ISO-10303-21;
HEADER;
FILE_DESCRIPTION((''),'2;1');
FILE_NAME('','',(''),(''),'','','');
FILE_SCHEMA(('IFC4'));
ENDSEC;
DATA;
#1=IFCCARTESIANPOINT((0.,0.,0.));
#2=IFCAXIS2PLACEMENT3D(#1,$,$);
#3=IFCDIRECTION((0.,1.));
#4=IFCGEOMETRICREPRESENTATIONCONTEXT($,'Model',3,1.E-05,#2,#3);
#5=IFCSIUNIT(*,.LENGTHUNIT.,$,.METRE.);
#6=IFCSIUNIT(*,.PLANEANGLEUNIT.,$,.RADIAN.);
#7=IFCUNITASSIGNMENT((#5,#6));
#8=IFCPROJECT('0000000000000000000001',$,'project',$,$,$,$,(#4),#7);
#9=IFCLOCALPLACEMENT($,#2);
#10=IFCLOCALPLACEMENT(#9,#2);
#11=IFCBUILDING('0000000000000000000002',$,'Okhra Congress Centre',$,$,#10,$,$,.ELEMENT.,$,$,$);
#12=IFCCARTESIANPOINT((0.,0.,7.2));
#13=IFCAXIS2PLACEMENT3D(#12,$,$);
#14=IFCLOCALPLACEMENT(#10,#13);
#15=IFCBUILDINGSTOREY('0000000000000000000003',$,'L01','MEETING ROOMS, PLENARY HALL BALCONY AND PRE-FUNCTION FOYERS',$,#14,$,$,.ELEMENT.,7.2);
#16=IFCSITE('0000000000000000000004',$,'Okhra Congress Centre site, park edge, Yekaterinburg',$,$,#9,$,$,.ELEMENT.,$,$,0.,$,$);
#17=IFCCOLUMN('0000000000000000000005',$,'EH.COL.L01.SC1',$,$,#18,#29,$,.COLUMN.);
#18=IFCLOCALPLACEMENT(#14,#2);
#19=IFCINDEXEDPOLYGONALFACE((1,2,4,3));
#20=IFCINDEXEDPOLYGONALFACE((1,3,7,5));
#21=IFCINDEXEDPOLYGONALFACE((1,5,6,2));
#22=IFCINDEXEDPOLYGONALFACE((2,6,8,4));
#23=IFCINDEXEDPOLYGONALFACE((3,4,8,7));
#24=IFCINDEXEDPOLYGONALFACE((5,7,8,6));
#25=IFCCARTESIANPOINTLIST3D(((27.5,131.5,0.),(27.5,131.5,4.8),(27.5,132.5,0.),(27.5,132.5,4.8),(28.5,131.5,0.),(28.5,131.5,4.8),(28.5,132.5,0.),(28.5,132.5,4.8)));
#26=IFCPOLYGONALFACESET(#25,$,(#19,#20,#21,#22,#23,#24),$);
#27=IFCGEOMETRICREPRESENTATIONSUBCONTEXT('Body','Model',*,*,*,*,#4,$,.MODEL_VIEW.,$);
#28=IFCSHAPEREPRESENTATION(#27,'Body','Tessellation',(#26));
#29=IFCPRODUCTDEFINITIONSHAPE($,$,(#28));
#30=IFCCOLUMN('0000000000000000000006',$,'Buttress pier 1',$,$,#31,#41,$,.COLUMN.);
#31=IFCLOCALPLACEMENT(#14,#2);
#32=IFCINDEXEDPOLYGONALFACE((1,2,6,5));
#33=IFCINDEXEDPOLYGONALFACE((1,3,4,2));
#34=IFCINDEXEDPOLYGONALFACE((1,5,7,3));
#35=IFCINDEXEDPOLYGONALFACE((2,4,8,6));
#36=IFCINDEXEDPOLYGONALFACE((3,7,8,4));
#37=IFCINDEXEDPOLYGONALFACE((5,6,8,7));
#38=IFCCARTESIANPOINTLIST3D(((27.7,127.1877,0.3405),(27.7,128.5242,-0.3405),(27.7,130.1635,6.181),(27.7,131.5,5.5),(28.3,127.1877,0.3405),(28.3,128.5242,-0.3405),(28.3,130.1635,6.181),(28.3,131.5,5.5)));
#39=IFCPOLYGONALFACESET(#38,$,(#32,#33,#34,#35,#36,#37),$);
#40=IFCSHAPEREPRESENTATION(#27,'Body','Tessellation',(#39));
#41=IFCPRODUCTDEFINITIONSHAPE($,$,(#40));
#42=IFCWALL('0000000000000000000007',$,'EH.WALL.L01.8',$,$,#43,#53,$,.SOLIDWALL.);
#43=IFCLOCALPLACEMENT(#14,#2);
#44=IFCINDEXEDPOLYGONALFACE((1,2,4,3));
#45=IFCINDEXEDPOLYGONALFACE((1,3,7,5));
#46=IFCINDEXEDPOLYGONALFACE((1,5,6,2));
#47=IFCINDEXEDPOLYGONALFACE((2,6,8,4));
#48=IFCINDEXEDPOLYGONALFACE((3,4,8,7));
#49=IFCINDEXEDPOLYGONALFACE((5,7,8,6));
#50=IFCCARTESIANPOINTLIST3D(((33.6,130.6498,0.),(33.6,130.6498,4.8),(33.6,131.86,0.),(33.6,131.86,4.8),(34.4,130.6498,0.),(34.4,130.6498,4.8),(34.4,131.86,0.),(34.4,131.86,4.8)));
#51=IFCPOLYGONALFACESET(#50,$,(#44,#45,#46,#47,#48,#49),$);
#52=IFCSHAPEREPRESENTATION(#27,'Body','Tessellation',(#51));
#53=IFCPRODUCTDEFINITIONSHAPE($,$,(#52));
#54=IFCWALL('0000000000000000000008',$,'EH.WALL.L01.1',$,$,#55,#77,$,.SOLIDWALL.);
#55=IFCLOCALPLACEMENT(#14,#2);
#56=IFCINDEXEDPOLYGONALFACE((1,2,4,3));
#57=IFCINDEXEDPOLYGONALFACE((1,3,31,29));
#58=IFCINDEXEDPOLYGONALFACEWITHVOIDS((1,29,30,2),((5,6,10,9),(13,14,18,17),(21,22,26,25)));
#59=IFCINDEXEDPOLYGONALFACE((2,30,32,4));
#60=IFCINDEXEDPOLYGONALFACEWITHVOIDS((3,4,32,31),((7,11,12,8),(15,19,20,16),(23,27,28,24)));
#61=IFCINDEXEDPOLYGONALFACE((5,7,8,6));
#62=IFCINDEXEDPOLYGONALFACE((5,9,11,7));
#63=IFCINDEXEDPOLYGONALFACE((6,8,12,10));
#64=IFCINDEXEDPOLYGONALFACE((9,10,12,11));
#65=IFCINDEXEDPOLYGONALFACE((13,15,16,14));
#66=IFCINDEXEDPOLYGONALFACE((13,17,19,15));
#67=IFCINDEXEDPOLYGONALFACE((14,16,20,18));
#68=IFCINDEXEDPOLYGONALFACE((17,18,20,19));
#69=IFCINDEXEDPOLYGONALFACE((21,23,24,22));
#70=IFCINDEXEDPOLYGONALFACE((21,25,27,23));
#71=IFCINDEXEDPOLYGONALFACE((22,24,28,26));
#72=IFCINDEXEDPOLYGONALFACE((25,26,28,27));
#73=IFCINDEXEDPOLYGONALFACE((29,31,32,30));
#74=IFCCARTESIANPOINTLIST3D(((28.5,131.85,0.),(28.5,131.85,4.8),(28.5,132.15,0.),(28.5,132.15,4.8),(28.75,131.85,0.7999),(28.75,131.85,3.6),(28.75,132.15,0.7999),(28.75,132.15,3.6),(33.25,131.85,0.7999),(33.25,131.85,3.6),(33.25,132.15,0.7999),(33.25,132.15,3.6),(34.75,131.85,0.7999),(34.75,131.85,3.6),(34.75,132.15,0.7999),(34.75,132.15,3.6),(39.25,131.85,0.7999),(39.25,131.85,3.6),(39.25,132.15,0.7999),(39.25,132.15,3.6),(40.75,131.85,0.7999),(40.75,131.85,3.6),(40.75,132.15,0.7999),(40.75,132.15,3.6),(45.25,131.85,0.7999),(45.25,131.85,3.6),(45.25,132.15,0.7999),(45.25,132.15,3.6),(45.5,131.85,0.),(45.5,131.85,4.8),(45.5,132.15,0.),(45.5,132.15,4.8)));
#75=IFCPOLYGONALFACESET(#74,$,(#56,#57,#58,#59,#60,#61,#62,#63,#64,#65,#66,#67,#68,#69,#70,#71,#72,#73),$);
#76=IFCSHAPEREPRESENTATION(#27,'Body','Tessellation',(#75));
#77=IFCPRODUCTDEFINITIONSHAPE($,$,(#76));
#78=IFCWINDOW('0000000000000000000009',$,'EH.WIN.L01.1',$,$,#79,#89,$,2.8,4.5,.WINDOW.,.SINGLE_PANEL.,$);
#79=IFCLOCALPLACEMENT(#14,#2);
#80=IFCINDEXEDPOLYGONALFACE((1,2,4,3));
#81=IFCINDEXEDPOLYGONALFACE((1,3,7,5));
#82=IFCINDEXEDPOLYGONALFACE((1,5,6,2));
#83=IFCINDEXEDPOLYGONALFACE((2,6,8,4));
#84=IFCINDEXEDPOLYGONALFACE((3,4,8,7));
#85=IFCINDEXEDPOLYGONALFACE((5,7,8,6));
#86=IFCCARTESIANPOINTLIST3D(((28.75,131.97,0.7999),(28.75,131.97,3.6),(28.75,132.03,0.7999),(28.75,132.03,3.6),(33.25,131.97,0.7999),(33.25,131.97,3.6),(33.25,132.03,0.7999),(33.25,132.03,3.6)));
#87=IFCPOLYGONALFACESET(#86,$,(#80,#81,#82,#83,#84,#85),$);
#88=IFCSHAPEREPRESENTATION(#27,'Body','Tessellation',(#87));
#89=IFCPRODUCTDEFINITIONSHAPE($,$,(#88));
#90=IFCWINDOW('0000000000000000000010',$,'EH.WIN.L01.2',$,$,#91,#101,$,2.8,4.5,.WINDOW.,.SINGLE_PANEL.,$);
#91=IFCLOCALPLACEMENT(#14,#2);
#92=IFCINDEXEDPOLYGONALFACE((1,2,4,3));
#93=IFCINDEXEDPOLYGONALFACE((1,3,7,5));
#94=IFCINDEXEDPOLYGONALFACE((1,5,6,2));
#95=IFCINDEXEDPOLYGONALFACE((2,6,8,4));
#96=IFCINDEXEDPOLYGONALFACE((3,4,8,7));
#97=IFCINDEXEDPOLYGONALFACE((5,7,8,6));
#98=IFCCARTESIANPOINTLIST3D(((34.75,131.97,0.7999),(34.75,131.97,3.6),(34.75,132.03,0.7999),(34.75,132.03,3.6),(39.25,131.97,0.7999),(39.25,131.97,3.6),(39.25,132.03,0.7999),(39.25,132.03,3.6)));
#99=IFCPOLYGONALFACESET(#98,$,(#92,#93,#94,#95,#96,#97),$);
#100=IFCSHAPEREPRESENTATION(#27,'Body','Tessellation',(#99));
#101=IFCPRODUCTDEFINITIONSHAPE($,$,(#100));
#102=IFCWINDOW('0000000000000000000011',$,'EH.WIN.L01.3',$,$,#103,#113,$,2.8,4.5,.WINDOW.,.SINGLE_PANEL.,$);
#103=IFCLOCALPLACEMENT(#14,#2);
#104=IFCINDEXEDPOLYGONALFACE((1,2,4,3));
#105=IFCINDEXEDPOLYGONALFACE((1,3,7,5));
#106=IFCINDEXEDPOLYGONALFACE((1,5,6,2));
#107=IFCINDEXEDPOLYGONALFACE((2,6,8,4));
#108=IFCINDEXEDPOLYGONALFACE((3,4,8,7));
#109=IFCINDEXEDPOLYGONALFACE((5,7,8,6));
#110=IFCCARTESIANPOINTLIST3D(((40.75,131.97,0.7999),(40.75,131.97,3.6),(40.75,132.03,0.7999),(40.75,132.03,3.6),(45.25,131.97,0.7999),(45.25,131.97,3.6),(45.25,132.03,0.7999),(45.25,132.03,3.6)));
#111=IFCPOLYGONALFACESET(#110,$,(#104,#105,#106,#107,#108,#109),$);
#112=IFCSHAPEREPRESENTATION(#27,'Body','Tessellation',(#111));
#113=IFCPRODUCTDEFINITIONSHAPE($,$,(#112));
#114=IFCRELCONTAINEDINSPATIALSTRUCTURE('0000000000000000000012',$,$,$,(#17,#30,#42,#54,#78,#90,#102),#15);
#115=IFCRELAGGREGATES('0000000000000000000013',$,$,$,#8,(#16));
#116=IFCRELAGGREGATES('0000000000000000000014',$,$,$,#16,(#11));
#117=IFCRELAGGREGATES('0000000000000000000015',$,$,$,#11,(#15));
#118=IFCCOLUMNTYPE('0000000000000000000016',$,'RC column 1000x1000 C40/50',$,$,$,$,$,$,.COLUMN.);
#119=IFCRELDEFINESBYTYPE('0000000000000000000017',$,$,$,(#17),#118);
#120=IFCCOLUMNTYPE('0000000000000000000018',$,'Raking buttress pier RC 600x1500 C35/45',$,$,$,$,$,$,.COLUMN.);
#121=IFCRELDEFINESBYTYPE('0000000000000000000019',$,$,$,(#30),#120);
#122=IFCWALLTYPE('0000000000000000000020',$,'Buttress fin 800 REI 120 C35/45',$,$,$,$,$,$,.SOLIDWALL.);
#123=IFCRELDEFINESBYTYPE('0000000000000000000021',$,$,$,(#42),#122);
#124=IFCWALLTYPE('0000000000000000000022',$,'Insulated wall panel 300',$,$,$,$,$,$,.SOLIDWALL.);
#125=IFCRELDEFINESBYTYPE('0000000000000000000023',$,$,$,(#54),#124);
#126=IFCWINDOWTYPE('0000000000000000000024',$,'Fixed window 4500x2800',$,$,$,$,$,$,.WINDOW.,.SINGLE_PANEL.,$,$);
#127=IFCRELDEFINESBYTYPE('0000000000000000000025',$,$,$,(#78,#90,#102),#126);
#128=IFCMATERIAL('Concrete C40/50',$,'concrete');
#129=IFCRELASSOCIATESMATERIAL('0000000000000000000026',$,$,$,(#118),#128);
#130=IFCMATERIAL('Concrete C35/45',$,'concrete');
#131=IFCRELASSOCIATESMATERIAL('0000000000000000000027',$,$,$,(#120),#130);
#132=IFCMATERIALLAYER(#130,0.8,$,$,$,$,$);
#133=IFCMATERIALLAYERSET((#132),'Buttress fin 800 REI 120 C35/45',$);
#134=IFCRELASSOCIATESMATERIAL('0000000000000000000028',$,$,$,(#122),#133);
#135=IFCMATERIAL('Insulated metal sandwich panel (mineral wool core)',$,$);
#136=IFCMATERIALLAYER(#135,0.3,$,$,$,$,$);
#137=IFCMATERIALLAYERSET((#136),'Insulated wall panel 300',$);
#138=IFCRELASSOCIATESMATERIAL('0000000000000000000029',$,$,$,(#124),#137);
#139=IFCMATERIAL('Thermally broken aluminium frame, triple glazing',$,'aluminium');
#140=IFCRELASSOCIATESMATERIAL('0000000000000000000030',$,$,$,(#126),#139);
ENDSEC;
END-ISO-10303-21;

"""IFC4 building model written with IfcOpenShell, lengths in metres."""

from ifc_helpers import new_model, si_unit, direction, frame, frame_2d, origin, origin_2d, place, context, subcontext, project, spatial, rectangle, extrude, material, layer, layer_set, material_profile, profile_set, type_object, element, fill, save


model = new_model("IFC4")

# Units and contexts
model_context = context("Model", 3, precision=1e-05, world=origin(), true_north=direction((0.0, 1.0)))
body_context = subcontext(model_context, "Body", "Model", "MODEL_VIEW")
ifc_project = project(units=[si_unit("LENGTHUNIT", "METRE"), si_unit("PLANEANGLEUNIT", "RADIAN")], contexts=[model_context])

# Site, building, storey
site_placement = place(None, origin())
site = spatial("IfcSite", under=ifc_project, at=site_placement, Name="Okhra Congress Centre site, park edge, Yekaterinburg", CompositionType="ELEMENT", RefElevation=0.0)
building_placement = place(site_placement, origin())
building = spatial("IfcBuilding", under=site, at=building_placement, Name="Okhra Congress Centre", CompositionType="ELEMENT")
storey_placement = place(building_placement, frame((0.0, 0.0, 7.2)))
storey = spatial("IfcBuildingStorey", under=building, at=storey_placement, Name="L01", Description="MEETING ROOMS, PLENARY HALL BALCONY AND PRE-FUNCTION FOYERS", CompositionType="ELEMENT", Elevation=7.2)

# Columns
ifc_material_1 = material(Name="Concrete C40/50", Category="concrete")
ifc_material_profile_1 = material_profile(ifc_material_1, rectangle(XDim=1.0, YDim=1.0, at=origin_2d()), Name="RC 1000x1000")
ifc_profile_set_1 = profile_set([ifc_material_profile_1], Name="Concrete C40/50")
column_type_1 = type_object("IfcColumnType", Name="RC column 1000x1000 C40/50", PredefinedType="COLUMN", material=ifc_profile_set_1)
column_1_placement = place(storey_placement, frame((28.0, 132.0, 0.0), z_axis=(0.0, 0.0, 1.0), x_axis=(1.0, 0.0, 0.0)))
element("IfcColumn", 1, at=column_1_placement, inside=storey, type_object=column_type_1, Name="EH.COL.L01.SC1", PredefinedType="COLUMN", context=body_context, shape_type="SweptSolid", body=[
    extrude(rectangle(XDim=1.0, YDim=1.0, at=origin_2d()), origin(), (0.0, 0.0, 1.0), 4.8),
])
ifc_material_2 = material(Name="Concrete C35/45", Category="concrete")
ifc_material_profile_2 = material_profile(ifc_material_2, rectangle(XDim=0.6001, YDim=1.5, at=origin_2d()), Name="RC 600x1500")
ifc_profile_set_2 = profile_set([ifc_material_profile_2], Name="Concrete C35/45")
column_type_2 = type_object("IfcColumnType", Name="Raking buttress pier RC 600x1500 C35/45", PredefinedType="COLUMN", material=ifc_profile_set_2)
column_2_placement = place(storey_placement, frame((28.0, 127.856, 0.0), z_axis=(0.0, 0.453979, 0.891012), x_axis=(-1.0, 0.0, 0.0)))
element("IfcColumn", 2, at=column_2_placement, inside=storey, type_object=column_type_2, Name="Buttress pier 1", PredefinedType="COLUMN", context=body_context, shape_type="SweptSolid", body=[
    extrude(rectangle(XDim=0.6001, YDim=1.5, at=origin_2d()), origin(), (0.0, 0.0, 1.0), 6.5549),
])

# Wall
ifc_layer_1 = layer(ifc_material_2, 0.8)
ifc_layer_set_1 = layer_set([ifc_layer_1], Name="Buttress fin 800 REI 120 C35/45")
wall_type_1 = type_object("IfcWallType", Name="Buttress fin 800 REI 120 C35/45", PredefinedType="SOLIDWALL", material=ifc_layer_set_1)
wall_1_placement = place(storey_placement, frame((34.0, 130.6499, 0.0), z_axis=(0.0, 0.0, 1.0), x_axis=(0.0, 1.0, 0.0)))
element("IfcWall", 3, at=wall_1_placement, inside=storey, type_object=wall_type_1, Name="EH.WALL.L01.8", PredefinedType="SOLIDWALL", context=body_context, shape_type="SweptSolid", body=[
    extrude(rectangle(XDim=1.2102, YDim=0.8, at=frame_2d((0.605, 0.0))), origin(), (0.0, 0.0, 1.0), 4.8),
])

# Wall, openings, windows
ifc_material_3 = material(Name="Insulated metal sandwich panel (mineral wool core)")
ifc_material_4 = material(Name="Thermally broken aluminium frame, triple glazing", Category="aluminium")
ifc_layer_2 = layer(ifc_material_3, 0.3)
ifc_layer_set_2 = layer_set([ifc_layer_2], Name="Insulated wall panel 300")
wall_type_2 = type_object("IfcWallType", Name="Insulated wall panel 300", PredefinedType="SOLIDWALL", material=ifc_layer_set_2)
wall_2_placement = place(storey_placement, frame((28.5, 132.0, 0.0), z_axis=(0.0, 0.0, 1.0), x_axis=(1.0, 0.0, 0.0)))
wall_2 = element("IfcWall", 4, at=wall_2_placement, inside=storey, type_object=wall_type_2, Name="EH.WALL.L01.1", PredefinedType="SOLIDWALL", context=body_context, shape_type="SweptSolid", body=[
    extrude(rectangle(XDim=17.0, YDim=0.3, at=frame_2d((8.5, 0.0))), origin(), (0.0, 0.0, 1.0), 4.8),
])
opening_1_placement = place(wall_2_placement, frame((0.25, 0.0, 0.8)))
opening_1 = element("IfcOpeningElement", 5, at=opening_1_placement, cuts=wall_2, PredefinedType="OPENING", context=body_context, shape_type="SweptSolid", body=[
    extrude(rectangle(XDim=4.5, YDim=2.8, at=frame_2d((2.25, 1.3999))), frame((0.0, 0.1599, 0.0), z_axis=(0.0, -1.0, 0.0), x_axis=(1.0, 0.0, 0.0)), (0.0, 0.0, 1.0), 0.3201),
])
opening_2_placement = place(wall_2_placement, frame((6.25, 0.0, 0.8)))
opening_2 = element("IfcOpeningElement", 6, at=opening_2_placement, cuts=wall_2, PredefinedType="OPENING", context=body_context, shape_type="SweptSolid", body=[
    extrude(rectangle(XDim=4.5, YDim=2.8, at=frame_2d((2.25, 1.3999))), frame((0.0, 0.1599, 0.0), z_axis=(0.0, -1.0, 0.0), x_axis=(1.0, 0.0, 0.0)), (0.0, 0.0, 1.0), 0.3201),
])
opening_3_placement = place(wall_2_placement, frame((12.25, 0.0, 0.8)))
opening_3 = element("IfcOpeningElement", 7, at=opening_3_placement, cuts=wall_2, PredefinedType="OPENING", context=body_context, shape_type="SweptSolid", body=[
    extrude(rectangle(XDim=4.5, YDim=2.8, at=frame_2d((2.25, 1.3999))), frame((0.0, 0.1599, 0.0), z_axis=(0.0, -1.0, 0.0), x_axis=(1.0, 0.0, 0.0)), (0.0, 0.0, 1.0), 0.3201),
])
window_type_1 = type_object("IfcWindowType", Name="Fixed window 4500x2800", PartitioningType="SINGLE_PANEL", PredefinedType="WINDOW", material=ifc_material_4)
window_1_placement = place(opening_1_placement, origin())
window_1 = element("IfcWindow", 8, at=window_1_placement, inside=storey, type_object=window_type_1, Name="EH.WIN.L01.1", OverallHeight=2.8, OverallWidth=4.5, PartitioningType="SINGLE_PANEL", PredefinedType="WINDOW", context=body_context, shape_type="SweptSolid", body=[
    extrude(rectangle(XDim=4.5, YDim=2.8, at=frame_2d((2.25, 1.3999))), frame((0.0, 0.03, 0.0), z_axis=(0.0, -1.0, 0.0), x_axis=(1.0, 0.0, 0.0)), (0.0, 0.0, 1.0), 0.0601),
])
fill(opening_1, window_1)
window_2_placement = place(opening_2_placement, origin())
window_2 = element("IfcWindow", 9, at=window_2_placement, inside=storey, type_object=window_type_1, Name="EH.WIN.L01.2", OverallHeight=2.8, OverallWidth=4.5, PartitioningType="SINGLE_PANEL", PredefinedType="WINDOW", context=body_context, shape_type="SweptSolid", body=[
    extrude(rectangle(XDim=4.5, YDim=2.8, at=frame_2d((2.25, 1.3999))), frame((0.0, 0.03, 0.0), z_axis=(0.0, -1.0, 0.0), x_axis=(1.0, 0.0, 0.0)), (0.0, 0.0, 1.0), 0.0601),
])
fill(opening_2, window_2)
window_3_placement = place(opening_3_placement, origin())
window_3 = element("IfcWindow", 10, at=window_3_placement, inside=storey, type_object=window_type_1, Name="EH.WIN.L01.3", OverallHeight=2.8, OverallWidth=4.5, PartitioningType="SINGLE_PANEL", PredefinedType="WINDOW", context=body_context, shape_type="SweptSolid", body=[
    extrude(rectangle(XDim=4.5, YDim=2.8, at=frame_2d((2.25, 1.3999))), frame((0.0, 0.03, 0.0), z_axis=(0.0, -1.0, 0.0), x_axis=(1.0, 0.0, 0.0)), (0.0, 0.0, 1.0), 0.0601),
])
fill(opening_3, window_3)

save(model, "model.ifc")
